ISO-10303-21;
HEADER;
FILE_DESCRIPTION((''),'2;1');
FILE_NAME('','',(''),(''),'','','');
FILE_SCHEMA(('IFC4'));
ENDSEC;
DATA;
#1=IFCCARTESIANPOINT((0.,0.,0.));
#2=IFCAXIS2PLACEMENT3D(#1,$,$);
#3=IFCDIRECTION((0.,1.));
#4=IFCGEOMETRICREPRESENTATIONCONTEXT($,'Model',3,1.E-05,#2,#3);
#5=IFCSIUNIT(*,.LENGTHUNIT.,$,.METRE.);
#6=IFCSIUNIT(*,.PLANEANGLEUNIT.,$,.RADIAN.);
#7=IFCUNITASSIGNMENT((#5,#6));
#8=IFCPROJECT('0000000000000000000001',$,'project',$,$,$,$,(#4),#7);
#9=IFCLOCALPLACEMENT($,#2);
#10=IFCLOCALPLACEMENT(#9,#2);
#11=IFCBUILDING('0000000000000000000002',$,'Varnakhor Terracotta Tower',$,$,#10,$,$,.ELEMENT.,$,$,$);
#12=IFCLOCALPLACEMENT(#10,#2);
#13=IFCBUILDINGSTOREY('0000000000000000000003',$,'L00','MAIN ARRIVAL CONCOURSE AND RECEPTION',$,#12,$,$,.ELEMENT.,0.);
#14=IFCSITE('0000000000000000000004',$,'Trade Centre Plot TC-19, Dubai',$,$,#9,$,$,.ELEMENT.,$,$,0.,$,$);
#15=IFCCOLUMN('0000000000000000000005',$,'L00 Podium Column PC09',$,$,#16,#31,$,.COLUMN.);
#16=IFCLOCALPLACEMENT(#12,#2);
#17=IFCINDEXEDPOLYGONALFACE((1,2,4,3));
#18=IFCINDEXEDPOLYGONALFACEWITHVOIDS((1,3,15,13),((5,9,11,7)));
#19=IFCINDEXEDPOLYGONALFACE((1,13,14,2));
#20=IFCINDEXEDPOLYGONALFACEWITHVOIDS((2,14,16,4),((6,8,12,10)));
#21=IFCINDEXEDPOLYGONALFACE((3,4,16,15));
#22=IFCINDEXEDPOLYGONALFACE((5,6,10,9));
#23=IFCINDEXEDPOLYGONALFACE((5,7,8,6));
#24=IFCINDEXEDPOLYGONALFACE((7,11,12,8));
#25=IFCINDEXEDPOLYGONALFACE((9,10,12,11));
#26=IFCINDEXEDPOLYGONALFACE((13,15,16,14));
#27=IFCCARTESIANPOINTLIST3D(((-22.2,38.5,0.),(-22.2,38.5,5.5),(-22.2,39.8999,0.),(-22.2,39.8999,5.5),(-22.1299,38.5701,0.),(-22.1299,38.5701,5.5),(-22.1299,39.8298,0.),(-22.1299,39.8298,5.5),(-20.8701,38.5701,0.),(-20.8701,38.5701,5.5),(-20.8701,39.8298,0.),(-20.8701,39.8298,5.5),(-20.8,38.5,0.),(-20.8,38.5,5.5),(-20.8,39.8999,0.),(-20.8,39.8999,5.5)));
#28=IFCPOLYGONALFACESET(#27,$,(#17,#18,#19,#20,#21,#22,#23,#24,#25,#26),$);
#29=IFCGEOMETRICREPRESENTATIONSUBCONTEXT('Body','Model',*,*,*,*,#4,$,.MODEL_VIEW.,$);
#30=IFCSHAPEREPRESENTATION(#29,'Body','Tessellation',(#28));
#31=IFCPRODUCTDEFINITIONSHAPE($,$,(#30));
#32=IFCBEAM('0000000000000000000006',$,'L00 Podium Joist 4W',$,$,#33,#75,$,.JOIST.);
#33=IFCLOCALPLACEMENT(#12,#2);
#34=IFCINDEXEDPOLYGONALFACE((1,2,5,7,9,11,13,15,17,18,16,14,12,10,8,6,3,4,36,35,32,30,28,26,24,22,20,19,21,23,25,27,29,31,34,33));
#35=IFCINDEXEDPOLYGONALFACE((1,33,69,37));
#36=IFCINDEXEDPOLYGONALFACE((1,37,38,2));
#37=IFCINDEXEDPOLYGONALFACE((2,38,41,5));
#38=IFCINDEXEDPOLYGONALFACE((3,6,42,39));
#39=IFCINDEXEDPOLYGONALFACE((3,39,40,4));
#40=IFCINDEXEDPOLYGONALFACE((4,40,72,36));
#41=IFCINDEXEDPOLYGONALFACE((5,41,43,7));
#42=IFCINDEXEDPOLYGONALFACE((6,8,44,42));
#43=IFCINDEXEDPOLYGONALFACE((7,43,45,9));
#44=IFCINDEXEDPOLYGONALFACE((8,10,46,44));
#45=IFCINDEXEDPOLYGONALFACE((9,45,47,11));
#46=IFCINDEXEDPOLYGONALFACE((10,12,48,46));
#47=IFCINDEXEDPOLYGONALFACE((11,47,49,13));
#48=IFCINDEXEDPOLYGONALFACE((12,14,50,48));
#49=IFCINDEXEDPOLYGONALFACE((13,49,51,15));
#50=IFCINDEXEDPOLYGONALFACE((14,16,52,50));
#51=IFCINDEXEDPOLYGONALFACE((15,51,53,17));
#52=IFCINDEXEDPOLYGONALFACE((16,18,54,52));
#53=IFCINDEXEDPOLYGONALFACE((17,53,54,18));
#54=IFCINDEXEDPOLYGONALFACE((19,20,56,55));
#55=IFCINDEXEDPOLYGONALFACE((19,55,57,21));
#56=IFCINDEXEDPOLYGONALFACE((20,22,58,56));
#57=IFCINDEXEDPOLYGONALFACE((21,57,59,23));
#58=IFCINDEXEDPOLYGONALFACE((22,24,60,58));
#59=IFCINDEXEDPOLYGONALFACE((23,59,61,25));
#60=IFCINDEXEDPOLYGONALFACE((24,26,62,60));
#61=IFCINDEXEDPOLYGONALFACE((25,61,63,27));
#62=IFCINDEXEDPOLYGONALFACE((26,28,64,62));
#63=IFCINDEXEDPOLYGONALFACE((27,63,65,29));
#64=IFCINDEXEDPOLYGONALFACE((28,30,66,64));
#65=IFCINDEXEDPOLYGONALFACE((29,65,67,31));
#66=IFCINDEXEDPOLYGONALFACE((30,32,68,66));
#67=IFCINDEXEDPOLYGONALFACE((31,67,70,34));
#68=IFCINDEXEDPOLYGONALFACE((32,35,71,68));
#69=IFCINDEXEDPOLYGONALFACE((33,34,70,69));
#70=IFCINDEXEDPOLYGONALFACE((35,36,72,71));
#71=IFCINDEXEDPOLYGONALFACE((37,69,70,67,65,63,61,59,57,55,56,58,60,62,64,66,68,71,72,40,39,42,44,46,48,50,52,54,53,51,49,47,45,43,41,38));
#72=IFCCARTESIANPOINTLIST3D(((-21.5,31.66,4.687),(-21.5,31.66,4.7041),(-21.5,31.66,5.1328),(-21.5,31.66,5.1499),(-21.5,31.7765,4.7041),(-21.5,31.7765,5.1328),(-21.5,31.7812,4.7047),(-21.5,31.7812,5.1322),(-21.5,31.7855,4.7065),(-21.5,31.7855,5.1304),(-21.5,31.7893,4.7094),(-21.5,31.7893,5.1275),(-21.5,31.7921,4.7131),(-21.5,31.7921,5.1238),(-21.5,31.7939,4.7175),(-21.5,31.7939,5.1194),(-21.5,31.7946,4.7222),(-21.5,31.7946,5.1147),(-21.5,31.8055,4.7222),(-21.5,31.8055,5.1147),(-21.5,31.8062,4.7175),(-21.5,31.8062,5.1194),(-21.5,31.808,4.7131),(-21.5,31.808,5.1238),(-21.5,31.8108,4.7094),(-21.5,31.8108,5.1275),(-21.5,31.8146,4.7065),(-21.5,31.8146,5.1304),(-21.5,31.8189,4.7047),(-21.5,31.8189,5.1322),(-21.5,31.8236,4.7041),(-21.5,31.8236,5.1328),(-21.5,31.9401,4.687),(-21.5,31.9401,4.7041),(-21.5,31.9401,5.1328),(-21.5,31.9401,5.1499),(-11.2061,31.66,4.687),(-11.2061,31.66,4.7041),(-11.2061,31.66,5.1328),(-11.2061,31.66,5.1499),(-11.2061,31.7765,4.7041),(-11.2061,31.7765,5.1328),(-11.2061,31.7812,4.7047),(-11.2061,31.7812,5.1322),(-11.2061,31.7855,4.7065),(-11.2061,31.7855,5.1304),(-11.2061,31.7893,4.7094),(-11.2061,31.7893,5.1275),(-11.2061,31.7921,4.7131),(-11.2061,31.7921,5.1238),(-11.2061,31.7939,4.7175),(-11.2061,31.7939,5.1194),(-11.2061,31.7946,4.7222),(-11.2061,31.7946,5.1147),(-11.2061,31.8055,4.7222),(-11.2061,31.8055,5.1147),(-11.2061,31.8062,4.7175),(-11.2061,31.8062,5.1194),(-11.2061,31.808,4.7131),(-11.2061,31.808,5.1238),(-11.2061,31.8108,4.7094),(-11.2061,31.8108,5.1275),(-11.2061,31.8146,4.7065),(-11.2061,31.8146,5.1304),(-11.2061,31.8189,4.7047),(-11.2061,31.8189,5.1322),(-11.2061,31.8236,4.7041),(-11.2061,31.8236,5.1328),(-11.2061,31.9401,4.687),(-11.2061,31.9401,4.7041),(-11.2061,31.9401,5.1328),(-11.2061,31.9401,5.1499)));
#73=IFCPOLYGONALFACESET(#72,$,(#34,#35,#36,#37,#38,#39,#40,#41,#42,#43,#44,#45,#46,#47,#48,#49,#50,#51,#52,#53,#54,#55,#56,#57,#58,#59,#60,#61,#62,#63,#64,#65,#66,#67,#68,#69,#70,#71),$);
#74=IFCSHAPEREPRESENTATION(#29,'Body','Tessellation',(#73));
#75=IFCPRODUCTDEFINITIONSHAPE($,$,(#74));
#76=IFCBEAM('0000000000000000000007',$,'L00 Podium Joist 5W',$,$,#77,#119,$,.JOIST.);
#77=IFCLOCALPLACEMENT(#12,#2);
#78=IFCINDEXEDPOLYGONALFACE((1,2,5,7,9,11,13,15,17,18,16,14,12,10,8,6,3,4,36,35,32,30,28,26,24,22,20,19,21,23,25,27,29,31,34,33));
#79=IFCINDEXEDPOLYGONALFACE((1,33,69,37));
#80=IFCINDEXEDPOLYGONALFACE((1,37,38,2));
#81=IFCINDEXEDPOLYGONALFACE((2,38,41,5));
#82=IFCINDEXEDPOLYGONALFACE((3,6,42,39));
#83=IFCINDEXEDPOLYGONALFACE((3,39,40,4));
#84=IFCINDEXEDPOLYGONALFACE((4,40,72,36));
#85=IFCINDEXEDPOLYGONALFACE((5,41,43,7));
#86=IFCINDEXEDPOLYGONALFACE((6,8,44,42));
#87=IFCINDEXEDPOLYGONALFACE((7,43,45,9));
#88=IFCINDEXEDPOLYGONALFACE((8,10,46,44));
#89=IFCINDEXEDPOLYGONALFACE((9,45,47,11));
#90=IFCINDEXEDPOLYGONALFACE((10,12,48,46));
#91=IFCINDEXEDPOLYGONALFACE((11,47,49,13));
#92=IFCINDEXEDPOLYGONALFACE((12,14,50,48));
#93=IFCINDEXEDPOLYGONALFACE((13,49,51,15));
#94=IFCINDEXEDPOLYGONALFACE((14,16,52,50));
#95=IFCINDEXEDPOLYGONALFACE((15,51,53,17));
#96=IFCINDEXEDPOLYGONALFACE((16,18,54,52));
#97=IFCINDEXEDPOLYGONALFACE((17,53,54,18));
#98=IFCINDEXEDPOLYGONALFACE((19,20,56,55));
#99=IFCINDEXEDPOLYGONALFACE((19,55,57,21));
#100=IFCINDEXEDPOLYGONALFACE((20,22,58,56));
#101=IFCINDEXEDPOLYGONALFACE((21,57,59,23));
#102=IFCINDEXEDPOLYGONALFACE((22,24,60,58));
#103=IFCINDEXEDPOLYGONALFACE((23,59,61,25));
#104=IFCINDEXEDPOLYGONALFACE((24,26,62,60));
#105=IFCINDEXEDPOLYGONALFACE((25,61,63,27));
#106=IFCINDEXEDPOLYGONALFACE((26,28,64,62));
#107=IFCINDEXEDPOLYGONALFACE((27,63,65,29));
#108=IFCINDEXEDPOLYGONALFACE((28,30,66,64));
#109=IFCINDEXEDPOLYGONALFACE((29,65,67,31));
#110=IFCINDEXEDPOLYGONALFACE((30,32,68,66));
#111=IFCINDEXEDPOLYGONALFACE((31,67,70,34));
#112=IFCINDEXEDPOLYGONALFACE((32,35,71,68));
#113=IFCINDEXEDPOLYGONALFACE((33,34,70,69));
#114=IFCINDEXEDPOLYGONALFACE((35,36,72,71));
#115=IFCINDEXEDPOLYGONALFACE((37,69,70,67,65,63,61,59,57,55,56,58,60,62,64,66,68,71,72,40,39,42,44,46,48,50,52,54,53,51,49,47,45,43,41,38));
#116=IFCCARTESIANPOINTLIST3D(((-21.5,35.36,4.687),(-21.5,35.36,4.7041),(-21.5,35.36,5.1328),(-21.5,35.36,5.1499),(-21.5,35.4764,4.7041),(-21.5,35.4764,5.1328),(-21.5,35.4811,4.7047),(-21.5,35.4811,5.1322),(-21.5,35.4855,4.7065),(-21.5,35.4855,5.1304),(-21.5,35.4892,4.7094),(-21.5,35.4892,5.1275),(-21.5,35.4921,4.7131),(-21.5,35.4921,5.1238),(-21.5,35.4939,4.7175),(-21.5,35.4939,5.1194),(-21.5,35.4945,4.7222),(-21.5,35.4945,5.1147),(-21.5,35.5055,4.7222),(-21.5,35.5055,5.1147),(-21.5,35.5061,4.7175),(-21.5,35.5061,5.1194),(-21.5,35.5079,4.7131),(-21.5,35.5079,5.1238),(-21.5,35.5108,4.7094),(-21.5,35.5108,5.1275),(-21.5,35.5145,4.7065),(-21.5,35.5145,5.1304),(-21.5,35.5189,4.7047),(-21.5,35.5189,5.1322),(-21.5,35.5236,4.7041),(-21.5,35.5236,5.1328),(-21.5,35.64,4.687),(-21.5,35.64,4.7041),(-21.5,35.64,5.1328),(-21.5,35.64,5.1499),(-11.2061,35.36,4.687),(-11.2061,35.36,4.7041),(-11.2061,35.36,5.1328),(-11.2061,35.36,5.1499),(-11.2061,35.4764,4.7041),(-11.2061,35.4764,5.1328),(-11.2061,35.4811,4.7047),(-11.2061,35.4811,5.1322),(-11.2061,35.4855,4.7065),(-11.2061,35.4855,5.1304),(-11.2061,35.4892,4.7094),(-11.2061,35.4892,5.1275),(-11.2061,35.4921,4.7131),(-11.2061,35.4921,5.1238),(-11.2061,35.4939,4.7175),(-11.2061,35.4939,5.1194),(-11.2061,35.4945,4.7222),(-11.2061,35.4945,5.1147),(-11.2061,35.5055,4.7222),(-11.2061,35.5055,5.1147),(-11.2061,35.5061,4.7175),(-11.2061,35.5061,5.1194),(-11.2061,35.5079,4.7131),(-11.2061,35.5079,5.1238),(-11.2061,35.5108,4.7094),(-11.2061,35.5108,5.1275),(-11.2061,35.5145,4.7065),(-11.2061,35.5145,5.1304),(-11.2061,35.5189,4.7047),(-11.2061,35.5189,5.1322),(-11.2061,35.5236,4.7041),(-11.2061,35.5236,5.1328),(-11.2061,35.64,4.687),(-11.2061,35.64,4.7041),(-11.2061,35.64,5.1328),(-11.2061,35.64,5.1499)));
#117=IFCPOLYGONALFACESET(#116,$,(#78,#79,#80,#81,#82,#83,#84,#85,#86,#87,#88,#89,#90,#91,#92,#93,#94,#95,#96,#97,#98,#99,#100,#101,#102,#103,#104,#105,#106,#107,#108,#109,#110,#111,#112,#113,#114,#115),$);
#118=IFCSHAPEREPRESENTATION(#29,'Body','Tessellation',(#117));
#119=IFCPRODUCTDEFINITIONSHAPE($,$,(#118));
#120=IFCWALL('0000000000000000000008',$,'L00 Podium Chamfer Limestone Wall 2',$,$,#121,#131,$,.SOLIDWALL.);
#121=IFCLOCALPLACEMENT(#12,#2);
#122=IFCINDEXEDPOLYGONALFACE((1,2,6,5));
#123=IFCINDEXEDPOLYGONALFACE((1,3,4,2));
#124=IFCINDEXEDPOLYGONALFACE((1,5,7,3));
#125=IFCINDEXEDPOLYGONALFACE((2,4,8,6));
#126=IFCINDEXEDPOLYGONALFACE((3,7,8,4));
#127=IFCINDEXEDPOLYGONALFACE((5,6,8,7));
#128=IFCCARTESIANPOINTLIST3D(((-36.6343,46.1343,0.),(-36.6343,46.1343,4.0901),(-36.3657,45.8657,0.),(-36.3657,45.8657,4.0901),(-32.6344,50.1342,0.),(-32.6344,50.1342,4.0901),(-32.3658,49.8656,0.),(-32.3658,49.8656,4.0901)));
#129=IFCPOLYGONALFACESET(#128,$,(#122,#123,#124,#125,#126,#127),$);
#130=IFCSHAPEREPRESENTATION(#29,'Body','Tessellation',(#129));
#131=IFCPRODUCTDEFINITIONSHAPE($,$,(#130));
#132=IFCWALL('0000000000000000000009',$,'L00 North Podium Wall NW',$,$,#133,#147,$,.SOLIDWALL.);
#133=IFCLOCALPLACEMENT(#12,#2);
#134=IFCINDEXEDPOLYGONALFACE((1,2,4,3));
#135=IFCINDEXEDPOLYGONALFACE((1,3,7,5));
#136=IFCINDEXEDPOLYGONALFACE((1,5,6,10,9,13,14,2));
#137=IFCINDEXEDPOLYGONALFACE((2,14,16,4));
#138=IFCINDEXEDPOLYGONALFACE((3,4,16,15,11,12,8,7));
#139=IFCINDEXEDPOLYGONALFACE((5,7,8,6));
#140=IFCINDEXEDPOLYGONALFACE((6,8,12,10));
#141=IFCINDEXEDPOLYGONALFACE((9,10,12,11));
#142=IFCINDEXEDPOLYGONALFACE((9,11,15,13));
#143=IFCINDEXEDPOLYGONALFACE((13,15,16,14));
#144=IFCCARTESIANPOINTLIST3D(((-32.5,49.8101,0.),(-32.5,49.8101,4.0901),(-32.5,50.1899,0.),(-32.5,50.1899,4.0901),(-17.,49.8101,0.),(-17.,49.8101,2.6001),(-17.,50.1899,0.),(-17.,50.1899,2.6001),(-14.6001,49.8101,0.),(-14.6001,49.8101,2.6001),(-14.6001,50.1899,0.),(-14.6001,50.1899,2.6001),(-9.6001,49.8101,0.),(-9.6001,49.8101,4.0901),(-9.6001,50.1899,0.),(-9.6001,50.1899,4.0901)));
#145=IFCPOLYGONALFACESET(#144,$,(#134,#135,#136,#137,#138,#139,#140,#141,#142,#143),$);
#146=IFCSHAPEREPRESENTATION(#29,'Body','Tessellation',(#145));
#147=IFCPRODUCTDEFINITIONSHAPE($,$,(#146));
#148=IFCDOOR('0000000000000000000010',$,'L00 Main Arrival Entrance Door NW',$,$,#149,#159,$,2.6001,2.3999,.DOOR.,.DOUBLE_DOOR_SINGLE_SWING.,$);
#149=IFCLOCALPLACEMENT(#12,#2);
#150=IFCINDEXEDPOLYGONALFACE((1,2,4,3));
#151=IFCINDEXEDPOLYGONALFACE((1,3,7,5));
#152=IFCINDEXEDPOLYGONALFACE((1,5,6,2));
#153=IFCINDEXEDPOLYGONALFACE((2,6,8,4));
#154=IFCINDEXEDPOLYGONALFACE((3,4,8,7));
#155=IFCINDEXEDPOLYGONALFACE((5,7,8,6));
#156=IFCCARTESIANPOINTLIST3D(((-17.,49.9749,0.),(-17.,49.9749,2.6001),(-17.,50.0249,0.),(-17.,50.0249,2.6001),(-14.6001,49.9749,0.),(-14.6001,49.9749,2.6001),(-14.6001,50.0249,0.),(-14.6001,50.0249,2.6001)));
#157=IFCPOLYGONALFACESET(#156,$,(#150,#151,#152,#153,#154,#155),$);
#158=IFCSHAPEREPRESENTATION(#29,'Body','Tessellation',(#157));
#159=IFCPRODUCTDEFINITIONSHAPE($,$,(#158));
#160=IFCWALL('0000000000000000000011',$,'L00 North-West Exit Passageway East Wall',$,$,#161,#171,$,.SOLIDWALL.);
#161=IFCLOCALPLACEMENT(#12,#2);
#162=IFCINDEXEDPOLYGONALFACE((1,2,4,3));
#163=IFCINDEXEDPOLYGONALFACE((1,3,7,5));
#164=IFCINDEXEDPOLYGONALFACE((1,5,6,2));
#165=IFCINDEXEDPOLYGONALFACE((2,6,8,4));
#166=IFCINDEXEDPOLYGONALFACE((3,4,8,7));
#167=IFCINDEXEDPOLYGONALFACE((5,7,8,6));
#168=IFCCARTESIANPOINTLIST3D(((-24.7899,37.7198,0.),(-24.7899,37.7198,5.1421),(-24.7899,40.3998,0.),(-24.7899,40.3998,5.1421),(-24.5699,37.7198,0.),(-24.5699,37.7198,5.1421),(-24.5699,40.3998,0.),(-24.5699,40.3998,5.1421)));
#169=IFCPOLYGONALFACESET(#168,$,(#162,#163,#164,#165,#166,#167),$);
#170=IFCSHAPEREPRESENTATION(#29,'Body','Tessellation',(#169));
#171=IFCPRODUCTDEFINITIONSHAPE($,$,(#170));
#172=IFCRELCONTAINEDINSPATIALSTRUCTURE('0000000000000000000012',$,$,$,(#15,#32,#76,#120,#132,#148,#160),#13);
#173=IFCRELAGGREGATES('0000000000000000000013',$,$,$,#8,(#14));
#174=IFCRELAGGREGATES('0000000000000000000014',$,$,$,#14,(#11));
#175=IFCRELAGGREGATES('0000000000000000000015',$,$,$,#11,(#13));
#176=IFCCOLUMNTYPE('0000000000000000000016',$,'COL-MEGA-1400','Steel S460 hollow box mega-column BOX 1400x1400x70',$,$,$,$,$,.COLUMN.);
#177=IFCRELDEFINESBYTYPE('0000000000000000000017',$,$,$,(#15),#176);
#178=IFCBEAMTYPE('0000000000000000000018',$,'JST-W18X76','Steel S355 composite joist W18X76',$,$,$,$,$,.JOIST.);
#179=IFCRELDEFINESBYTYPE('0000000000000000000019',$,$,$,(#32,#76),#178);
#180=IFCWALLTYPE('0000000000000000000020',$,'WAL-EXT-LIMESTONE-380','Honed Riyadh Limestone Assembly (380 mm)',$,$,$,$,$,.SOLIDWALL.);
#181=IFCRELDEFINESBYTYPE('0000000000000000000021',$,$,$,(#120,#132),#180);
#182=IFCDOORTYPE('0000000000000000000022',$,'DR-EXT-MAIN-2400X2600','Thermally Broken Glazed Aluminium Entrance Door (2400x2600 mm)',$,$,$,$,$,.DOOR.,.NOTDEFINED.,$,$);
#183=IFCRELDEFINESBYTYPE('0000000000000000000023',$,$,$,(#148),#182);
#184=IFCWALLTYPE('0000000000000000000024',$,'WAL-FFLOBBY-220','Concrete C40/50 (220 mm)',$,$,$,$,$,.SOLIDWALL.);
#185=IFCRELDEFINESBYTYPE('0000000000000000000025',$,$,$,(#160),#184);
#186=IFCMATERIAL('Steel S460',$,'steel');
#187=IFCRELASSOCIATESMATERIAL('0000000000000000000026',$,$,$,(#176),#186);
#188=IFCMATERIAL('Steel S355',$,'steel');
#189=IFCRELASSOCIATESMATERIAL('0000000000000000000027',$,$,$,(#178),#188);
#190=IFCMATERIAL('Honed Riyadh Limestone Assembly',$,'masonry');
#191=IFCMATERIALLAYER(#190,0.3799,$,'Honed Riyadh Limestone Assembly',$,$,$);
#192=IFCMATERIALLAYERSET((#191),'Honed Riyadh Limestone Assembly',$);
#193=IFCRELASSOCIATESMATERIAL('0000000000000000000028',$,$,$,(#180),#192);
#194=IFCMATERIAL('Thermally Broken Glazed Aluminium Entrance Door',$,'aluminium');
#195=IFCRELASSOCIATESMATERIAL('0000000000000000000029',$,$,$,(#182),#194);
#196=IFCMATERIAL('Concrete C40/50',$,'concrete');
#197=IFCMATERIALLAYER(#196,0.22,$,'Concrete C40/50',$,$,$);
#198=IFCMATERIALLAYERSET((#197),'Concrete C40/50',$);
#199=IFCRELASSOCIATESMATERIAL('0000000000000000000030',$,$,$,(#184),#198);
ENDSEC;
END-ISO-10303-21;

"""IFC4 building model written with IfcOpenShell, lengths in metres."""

from ifc_helpers import new_model, si_unit, direction, frame, frame_2d, origin, origin_2d, place, context, subcontext, project, spatial, rectangle, hollow_rectangle, i_section, extrude, source, transform, mapped, material, layer, layer_set, material_profile, profile_set, type_object, type_shapes, element, fill, save


model = new_model("IFC4")

# Units and contexts
model_context = context("Model", 3, precision=1e-05, world=origin(), true_north=direction((0.0, 1.0)))
body_context = subcontext(model_context, "Body", "Model", "MODEL_VIEW")
ifc_project = project(units=[si_unit("LENGTHUNIT", "METRE"), si_unit("PLANEANGLEUNIT", "RADIAN")], contexts=[model_context])

# Site, building, storey
site_placement = place(None, origin())
site = spatial("IfcSite", under=ifc_project, at=site_placement, Name="Trade Centre Plot TC-19, Dubai", CompositionType="ELEMENT", RefElevation=0.0)
building_placement = place(site_placement, origin())
building = spatial("IfcBuilding", under=site, at=building_placement, Name="Varnakhor Terracotta Tower", CompositionType="ELEMENT")
storey_placement = place(building_placement, origin())
storey = spatial("IfcBuildingStorey", under=building, at=storey_placement, Name="L00", Description="MAIN ARRIVAL CONCOURSE AND RECEPTION", CompositionType="ELEMENT", Elevation=0.0)

# Column
ifc_material_1 = material(Name="Steel S460", Category="steel")
ifc_material_profile_1 = material_profile(ifc_material_1, hollow_rectangle(XDim=1.3999, YDim=1.3999, WallThickness=0.0701, at=origin_2d()), Name="BOX 1400x1400x70")
ifc_profile_set_1 = profile_set([ifc_material_profile_1], Name="Steel S460")
column_type = type_object("IfcColumnType", Name="COL-MEGA-1400", Description="Steel S460 hollow box mega-column BOX 1400x1400x70", PredefinedType="COLUMN", material=ifc_profile_set_1)
shared_shape_1 = source(origin(), body_context, "Body", "SweptSolid", [
    extrude(hollow_rectangle(XDim=1.3999, YDim=1.3999, WallThickness=0.0701, at=origin_2d()), origin(), (0.0, 0.0, 1.0), 5.5),
])
column_placement = place(storey_placement, frame((-21.5, 39.2, 0.0), z_axis=(0.0, 0.0, 1.0), x_axis=(1.0, 0.0, 0.0)))
element("IfcColumn", 1, at=column_placement, inside=storey, type_object=column_type, Name="L00 Podium Column PC09", PredefinedType="COLUMN", context=body_context, shape_type="MappedRepresentation", body=[
    mapped(shared_shape_1, transform((0.0, 0.0, 0.0), scale=1.0)),
])

# Beams
ifc_material_2 = material(Name="Steel S355", Category="steel")
ifc_material_profile_2 = material_profile(ifc_material_2, i_section(OverallWidth=0.28, OverallDepth=0.4629, WebThickness=0.011, FlangeThickness=0.0171, FilletRadius=0.0181, at=origin_2d()), Name="W18X76")
ifc_profile_set_2 = profile_set([ifc_material_profile_2], Name="Steel S355")
beam_type = type_object("IfcBeamType", Name="JST-W18X76", Description="Steel S355 composite joist W18X76", PredefinedType="JOIST", material=ifc_profile_set_2)
shared_shape_2 = source(origin(), body_context, "Body", "SweptSolid", [
    extrude(i_section(OverallWidth=0.28, OverallDepth=0.4629, WebThickness=0.011, FlangeThickness=0.0171, FilletRadius=0.0181, at=origin_2d()), origin(), (0.0, 0.0, 1.0), 10.2939),
])
type_shapes(beam_type, [shared_shape_2])
for number, where, z_axis, x_axis, name in (
    (2, (-21.5, 31.8, 4.9185), (1.0, 0.0, 0.0), (0.0, 1.0, 0.0), "L00 Podium Joist 4W"),
    (3, (-21.5, 35.5, 4.9185), (1.0, 0.0, 0.0), (0.0, 1.0, 0.0), "L00 Podium Joist 5W"),
):
    element("IfcBeam", number, at=place(storey_placement, frame(where, z_axis=z_axis, x_axis=x_axis)), inside=storey, type_object=beam_type, Name=name, PredefinedType="JOIST", context=body_context, shape_type="MappedRepresentation", body=[
        mapped(shared_shape_2, transform((0.0, 0.0, 0.0), scale=1.0)),
    ])

# Wall
ifc_material_3 = material(Name="Honed Riyadh Limestone Assembly", Category="masonry")
ifc_layer_1 = layer(ifc_material_3, 0.3799, Name="Honed Riyadh Limestone Assembly")
ifc_layer_set_1 = layer_set([ifc_layer_1], Name="Honed Riyadh Limestone Assembly")
wall_type_1 = type_object("IfcWallType", Name="WAL-EXT-LIMESTONE-380", Description="Honed Riyadh Limestone Assembly (380 mm)", PredefinedType="SOLIDWALL", material=ifc_layer_set_1)
wall_1_placement = place(storey_placement, frame((-36.5, 46.0, 0.0), z_axis=(0.0, 0.0, 1.0), x_axis=(0.707107, 0.707107, 0.0)))
element("IfcWall", 4, at=wall_1_placement, inside=storey, type_object=wall_type_1, Name="L00 Podium Chamfer Limestone Wall 2", PredefinedType="SOLIDWALL", context=body_context, shape_type="SweptSolid", body=[
    extrude(rectangle(XDim=5.6567, YDim=0.3799, at=frame_2d((2.8284, 0.0))), origin(), (0.0, 0.0, 1.0), 4.0901),
])

# Wall, opening, door
wall_2_placement = place(storey_placement, frame((-32.5, 50.0, 0.0), z_axis=(0.0, 0.0, 1.0), x_axis=(1.0, 0.0, 0.0)))
wall_2 = element("IfcWall", 5, at=wall_2_placement, inside=storey, type_object=wall_type_1, Name="L00 North Podium Wall NW", PredefinedType="SOLIDWALL", context=body_context, shape_type="SweptSolid", body=[
    extrude(rectangle(XDim=22.8999, YDim=0.3799, at=frame_2d((11.45, 0.0))), origin(), (0.0, 0.0, 1.0), 4.0901),
])
opening_1_placement = place(wall_2_placement, frame((15.5, 0.0, 0.0)))
opening_1 = element("IfcOpeningElement", 6, at=opening_1_placement, cuts=wall_2, PredefinedType="OPENING", context=body_context, shape_type="SweptSolid", body=[
    extrude(rectangle(XDim=2.3999, YDim=2.6001, at=frame_2d((1.2, 1.3))), frame((0.0, 0.2, 0.0), z_axis=(0.0, -1.0, 0.0), x_axis=(1.0, 0.0, 0.0)), (0.0, 0.0, 1.0), 0.3999),
])
ifc_material_4 = material(Name="Thermally Broken Glazed Aluminium Entrance Door", Category="aluminium")
door_type_1 = type_object("IfcDoorType", Name="DR-EXT-MAIN-2400X2600", Description="Thermally Broken Glazed Aluminium Entrance Door (2400x2600 mm)", OperationType="NOTDEFINED", PredefinedType="DOOR", material=ifc_material_4)
shared_shape_3 = source(origin(), body_context, "Body", "SweptSolid", [
    extrude(rectangle(XDim=2.3999, YDim=2.6001, at=frame_2d((1.2, 1.3))), frame((0.0, 0.0249, 0.0), z_axis=(0.0, -1.0, 0.0), x_axis=(1.0, 0.0, 0.0)), (0.0, 0.0, 1.0), 0.05),
])
type_shapes(door_type_1, [shared_shape_3])
door_1_placement = place(opening_1_placement, origin())
door_1 = element("IfcDoor", 7, at=door_1_placement, inside=storey, type_object=door_type_1, Name="L00 Main Arrival Entrance Door NW", OperationType="DOUBLE_DOOR_SINGLE_SWING", OverallHeight=2.6001, OverallWidth=2.3999, PredefinedType="DOOR", context=body_context, shape_type="MappedRepresentation", body=[
    mapped(shared_shape_3, transform((0.0, 0.0, 0.0), scale=1.0)),
])
fill(opening_1, door_1)

# Wall
ifc_material_5 = material(Name="Concrete C40/50", Category="concrete")
ifc_layer_2 = layer(ifc_material_5, 0.22, Name="Concrete C40/50")
ifc_layer_set_2 = layer_set([ifc_layer_2], Name="Concrete C40/50")
wall_type_2 = type_object("IfcWallType", Name="WAL-FFLOBBY-220", Description="Concrete C40/50 (220 mm)", PredefinedType="SOLIDWALL", material=ifc_layer_set_2)
wall_3_placement = place(storey_placement, frame((-24.6799, 37.72, 0.0), z_axis=(0.0, 0.0, 1.0), x_axis=(0.0, 1.0, 0.0)))
element("IfcWall", 8, at=wall_3_placement, inside=storey, type_object=wall_type_2, Name="L00 North-West Exit Passageway East Wall", PredefinedType="SOLIDWALL", context=body_context, shape_type="SweptSolid", body=[
    extrude(rectangle(XDim=2.6799, YDim=0.22, at=frame_2d((1.3398, 0.0))), origin(), (0.0, 0.0, 1.0), 5.1421),
])

save(model, "model.ifc")
